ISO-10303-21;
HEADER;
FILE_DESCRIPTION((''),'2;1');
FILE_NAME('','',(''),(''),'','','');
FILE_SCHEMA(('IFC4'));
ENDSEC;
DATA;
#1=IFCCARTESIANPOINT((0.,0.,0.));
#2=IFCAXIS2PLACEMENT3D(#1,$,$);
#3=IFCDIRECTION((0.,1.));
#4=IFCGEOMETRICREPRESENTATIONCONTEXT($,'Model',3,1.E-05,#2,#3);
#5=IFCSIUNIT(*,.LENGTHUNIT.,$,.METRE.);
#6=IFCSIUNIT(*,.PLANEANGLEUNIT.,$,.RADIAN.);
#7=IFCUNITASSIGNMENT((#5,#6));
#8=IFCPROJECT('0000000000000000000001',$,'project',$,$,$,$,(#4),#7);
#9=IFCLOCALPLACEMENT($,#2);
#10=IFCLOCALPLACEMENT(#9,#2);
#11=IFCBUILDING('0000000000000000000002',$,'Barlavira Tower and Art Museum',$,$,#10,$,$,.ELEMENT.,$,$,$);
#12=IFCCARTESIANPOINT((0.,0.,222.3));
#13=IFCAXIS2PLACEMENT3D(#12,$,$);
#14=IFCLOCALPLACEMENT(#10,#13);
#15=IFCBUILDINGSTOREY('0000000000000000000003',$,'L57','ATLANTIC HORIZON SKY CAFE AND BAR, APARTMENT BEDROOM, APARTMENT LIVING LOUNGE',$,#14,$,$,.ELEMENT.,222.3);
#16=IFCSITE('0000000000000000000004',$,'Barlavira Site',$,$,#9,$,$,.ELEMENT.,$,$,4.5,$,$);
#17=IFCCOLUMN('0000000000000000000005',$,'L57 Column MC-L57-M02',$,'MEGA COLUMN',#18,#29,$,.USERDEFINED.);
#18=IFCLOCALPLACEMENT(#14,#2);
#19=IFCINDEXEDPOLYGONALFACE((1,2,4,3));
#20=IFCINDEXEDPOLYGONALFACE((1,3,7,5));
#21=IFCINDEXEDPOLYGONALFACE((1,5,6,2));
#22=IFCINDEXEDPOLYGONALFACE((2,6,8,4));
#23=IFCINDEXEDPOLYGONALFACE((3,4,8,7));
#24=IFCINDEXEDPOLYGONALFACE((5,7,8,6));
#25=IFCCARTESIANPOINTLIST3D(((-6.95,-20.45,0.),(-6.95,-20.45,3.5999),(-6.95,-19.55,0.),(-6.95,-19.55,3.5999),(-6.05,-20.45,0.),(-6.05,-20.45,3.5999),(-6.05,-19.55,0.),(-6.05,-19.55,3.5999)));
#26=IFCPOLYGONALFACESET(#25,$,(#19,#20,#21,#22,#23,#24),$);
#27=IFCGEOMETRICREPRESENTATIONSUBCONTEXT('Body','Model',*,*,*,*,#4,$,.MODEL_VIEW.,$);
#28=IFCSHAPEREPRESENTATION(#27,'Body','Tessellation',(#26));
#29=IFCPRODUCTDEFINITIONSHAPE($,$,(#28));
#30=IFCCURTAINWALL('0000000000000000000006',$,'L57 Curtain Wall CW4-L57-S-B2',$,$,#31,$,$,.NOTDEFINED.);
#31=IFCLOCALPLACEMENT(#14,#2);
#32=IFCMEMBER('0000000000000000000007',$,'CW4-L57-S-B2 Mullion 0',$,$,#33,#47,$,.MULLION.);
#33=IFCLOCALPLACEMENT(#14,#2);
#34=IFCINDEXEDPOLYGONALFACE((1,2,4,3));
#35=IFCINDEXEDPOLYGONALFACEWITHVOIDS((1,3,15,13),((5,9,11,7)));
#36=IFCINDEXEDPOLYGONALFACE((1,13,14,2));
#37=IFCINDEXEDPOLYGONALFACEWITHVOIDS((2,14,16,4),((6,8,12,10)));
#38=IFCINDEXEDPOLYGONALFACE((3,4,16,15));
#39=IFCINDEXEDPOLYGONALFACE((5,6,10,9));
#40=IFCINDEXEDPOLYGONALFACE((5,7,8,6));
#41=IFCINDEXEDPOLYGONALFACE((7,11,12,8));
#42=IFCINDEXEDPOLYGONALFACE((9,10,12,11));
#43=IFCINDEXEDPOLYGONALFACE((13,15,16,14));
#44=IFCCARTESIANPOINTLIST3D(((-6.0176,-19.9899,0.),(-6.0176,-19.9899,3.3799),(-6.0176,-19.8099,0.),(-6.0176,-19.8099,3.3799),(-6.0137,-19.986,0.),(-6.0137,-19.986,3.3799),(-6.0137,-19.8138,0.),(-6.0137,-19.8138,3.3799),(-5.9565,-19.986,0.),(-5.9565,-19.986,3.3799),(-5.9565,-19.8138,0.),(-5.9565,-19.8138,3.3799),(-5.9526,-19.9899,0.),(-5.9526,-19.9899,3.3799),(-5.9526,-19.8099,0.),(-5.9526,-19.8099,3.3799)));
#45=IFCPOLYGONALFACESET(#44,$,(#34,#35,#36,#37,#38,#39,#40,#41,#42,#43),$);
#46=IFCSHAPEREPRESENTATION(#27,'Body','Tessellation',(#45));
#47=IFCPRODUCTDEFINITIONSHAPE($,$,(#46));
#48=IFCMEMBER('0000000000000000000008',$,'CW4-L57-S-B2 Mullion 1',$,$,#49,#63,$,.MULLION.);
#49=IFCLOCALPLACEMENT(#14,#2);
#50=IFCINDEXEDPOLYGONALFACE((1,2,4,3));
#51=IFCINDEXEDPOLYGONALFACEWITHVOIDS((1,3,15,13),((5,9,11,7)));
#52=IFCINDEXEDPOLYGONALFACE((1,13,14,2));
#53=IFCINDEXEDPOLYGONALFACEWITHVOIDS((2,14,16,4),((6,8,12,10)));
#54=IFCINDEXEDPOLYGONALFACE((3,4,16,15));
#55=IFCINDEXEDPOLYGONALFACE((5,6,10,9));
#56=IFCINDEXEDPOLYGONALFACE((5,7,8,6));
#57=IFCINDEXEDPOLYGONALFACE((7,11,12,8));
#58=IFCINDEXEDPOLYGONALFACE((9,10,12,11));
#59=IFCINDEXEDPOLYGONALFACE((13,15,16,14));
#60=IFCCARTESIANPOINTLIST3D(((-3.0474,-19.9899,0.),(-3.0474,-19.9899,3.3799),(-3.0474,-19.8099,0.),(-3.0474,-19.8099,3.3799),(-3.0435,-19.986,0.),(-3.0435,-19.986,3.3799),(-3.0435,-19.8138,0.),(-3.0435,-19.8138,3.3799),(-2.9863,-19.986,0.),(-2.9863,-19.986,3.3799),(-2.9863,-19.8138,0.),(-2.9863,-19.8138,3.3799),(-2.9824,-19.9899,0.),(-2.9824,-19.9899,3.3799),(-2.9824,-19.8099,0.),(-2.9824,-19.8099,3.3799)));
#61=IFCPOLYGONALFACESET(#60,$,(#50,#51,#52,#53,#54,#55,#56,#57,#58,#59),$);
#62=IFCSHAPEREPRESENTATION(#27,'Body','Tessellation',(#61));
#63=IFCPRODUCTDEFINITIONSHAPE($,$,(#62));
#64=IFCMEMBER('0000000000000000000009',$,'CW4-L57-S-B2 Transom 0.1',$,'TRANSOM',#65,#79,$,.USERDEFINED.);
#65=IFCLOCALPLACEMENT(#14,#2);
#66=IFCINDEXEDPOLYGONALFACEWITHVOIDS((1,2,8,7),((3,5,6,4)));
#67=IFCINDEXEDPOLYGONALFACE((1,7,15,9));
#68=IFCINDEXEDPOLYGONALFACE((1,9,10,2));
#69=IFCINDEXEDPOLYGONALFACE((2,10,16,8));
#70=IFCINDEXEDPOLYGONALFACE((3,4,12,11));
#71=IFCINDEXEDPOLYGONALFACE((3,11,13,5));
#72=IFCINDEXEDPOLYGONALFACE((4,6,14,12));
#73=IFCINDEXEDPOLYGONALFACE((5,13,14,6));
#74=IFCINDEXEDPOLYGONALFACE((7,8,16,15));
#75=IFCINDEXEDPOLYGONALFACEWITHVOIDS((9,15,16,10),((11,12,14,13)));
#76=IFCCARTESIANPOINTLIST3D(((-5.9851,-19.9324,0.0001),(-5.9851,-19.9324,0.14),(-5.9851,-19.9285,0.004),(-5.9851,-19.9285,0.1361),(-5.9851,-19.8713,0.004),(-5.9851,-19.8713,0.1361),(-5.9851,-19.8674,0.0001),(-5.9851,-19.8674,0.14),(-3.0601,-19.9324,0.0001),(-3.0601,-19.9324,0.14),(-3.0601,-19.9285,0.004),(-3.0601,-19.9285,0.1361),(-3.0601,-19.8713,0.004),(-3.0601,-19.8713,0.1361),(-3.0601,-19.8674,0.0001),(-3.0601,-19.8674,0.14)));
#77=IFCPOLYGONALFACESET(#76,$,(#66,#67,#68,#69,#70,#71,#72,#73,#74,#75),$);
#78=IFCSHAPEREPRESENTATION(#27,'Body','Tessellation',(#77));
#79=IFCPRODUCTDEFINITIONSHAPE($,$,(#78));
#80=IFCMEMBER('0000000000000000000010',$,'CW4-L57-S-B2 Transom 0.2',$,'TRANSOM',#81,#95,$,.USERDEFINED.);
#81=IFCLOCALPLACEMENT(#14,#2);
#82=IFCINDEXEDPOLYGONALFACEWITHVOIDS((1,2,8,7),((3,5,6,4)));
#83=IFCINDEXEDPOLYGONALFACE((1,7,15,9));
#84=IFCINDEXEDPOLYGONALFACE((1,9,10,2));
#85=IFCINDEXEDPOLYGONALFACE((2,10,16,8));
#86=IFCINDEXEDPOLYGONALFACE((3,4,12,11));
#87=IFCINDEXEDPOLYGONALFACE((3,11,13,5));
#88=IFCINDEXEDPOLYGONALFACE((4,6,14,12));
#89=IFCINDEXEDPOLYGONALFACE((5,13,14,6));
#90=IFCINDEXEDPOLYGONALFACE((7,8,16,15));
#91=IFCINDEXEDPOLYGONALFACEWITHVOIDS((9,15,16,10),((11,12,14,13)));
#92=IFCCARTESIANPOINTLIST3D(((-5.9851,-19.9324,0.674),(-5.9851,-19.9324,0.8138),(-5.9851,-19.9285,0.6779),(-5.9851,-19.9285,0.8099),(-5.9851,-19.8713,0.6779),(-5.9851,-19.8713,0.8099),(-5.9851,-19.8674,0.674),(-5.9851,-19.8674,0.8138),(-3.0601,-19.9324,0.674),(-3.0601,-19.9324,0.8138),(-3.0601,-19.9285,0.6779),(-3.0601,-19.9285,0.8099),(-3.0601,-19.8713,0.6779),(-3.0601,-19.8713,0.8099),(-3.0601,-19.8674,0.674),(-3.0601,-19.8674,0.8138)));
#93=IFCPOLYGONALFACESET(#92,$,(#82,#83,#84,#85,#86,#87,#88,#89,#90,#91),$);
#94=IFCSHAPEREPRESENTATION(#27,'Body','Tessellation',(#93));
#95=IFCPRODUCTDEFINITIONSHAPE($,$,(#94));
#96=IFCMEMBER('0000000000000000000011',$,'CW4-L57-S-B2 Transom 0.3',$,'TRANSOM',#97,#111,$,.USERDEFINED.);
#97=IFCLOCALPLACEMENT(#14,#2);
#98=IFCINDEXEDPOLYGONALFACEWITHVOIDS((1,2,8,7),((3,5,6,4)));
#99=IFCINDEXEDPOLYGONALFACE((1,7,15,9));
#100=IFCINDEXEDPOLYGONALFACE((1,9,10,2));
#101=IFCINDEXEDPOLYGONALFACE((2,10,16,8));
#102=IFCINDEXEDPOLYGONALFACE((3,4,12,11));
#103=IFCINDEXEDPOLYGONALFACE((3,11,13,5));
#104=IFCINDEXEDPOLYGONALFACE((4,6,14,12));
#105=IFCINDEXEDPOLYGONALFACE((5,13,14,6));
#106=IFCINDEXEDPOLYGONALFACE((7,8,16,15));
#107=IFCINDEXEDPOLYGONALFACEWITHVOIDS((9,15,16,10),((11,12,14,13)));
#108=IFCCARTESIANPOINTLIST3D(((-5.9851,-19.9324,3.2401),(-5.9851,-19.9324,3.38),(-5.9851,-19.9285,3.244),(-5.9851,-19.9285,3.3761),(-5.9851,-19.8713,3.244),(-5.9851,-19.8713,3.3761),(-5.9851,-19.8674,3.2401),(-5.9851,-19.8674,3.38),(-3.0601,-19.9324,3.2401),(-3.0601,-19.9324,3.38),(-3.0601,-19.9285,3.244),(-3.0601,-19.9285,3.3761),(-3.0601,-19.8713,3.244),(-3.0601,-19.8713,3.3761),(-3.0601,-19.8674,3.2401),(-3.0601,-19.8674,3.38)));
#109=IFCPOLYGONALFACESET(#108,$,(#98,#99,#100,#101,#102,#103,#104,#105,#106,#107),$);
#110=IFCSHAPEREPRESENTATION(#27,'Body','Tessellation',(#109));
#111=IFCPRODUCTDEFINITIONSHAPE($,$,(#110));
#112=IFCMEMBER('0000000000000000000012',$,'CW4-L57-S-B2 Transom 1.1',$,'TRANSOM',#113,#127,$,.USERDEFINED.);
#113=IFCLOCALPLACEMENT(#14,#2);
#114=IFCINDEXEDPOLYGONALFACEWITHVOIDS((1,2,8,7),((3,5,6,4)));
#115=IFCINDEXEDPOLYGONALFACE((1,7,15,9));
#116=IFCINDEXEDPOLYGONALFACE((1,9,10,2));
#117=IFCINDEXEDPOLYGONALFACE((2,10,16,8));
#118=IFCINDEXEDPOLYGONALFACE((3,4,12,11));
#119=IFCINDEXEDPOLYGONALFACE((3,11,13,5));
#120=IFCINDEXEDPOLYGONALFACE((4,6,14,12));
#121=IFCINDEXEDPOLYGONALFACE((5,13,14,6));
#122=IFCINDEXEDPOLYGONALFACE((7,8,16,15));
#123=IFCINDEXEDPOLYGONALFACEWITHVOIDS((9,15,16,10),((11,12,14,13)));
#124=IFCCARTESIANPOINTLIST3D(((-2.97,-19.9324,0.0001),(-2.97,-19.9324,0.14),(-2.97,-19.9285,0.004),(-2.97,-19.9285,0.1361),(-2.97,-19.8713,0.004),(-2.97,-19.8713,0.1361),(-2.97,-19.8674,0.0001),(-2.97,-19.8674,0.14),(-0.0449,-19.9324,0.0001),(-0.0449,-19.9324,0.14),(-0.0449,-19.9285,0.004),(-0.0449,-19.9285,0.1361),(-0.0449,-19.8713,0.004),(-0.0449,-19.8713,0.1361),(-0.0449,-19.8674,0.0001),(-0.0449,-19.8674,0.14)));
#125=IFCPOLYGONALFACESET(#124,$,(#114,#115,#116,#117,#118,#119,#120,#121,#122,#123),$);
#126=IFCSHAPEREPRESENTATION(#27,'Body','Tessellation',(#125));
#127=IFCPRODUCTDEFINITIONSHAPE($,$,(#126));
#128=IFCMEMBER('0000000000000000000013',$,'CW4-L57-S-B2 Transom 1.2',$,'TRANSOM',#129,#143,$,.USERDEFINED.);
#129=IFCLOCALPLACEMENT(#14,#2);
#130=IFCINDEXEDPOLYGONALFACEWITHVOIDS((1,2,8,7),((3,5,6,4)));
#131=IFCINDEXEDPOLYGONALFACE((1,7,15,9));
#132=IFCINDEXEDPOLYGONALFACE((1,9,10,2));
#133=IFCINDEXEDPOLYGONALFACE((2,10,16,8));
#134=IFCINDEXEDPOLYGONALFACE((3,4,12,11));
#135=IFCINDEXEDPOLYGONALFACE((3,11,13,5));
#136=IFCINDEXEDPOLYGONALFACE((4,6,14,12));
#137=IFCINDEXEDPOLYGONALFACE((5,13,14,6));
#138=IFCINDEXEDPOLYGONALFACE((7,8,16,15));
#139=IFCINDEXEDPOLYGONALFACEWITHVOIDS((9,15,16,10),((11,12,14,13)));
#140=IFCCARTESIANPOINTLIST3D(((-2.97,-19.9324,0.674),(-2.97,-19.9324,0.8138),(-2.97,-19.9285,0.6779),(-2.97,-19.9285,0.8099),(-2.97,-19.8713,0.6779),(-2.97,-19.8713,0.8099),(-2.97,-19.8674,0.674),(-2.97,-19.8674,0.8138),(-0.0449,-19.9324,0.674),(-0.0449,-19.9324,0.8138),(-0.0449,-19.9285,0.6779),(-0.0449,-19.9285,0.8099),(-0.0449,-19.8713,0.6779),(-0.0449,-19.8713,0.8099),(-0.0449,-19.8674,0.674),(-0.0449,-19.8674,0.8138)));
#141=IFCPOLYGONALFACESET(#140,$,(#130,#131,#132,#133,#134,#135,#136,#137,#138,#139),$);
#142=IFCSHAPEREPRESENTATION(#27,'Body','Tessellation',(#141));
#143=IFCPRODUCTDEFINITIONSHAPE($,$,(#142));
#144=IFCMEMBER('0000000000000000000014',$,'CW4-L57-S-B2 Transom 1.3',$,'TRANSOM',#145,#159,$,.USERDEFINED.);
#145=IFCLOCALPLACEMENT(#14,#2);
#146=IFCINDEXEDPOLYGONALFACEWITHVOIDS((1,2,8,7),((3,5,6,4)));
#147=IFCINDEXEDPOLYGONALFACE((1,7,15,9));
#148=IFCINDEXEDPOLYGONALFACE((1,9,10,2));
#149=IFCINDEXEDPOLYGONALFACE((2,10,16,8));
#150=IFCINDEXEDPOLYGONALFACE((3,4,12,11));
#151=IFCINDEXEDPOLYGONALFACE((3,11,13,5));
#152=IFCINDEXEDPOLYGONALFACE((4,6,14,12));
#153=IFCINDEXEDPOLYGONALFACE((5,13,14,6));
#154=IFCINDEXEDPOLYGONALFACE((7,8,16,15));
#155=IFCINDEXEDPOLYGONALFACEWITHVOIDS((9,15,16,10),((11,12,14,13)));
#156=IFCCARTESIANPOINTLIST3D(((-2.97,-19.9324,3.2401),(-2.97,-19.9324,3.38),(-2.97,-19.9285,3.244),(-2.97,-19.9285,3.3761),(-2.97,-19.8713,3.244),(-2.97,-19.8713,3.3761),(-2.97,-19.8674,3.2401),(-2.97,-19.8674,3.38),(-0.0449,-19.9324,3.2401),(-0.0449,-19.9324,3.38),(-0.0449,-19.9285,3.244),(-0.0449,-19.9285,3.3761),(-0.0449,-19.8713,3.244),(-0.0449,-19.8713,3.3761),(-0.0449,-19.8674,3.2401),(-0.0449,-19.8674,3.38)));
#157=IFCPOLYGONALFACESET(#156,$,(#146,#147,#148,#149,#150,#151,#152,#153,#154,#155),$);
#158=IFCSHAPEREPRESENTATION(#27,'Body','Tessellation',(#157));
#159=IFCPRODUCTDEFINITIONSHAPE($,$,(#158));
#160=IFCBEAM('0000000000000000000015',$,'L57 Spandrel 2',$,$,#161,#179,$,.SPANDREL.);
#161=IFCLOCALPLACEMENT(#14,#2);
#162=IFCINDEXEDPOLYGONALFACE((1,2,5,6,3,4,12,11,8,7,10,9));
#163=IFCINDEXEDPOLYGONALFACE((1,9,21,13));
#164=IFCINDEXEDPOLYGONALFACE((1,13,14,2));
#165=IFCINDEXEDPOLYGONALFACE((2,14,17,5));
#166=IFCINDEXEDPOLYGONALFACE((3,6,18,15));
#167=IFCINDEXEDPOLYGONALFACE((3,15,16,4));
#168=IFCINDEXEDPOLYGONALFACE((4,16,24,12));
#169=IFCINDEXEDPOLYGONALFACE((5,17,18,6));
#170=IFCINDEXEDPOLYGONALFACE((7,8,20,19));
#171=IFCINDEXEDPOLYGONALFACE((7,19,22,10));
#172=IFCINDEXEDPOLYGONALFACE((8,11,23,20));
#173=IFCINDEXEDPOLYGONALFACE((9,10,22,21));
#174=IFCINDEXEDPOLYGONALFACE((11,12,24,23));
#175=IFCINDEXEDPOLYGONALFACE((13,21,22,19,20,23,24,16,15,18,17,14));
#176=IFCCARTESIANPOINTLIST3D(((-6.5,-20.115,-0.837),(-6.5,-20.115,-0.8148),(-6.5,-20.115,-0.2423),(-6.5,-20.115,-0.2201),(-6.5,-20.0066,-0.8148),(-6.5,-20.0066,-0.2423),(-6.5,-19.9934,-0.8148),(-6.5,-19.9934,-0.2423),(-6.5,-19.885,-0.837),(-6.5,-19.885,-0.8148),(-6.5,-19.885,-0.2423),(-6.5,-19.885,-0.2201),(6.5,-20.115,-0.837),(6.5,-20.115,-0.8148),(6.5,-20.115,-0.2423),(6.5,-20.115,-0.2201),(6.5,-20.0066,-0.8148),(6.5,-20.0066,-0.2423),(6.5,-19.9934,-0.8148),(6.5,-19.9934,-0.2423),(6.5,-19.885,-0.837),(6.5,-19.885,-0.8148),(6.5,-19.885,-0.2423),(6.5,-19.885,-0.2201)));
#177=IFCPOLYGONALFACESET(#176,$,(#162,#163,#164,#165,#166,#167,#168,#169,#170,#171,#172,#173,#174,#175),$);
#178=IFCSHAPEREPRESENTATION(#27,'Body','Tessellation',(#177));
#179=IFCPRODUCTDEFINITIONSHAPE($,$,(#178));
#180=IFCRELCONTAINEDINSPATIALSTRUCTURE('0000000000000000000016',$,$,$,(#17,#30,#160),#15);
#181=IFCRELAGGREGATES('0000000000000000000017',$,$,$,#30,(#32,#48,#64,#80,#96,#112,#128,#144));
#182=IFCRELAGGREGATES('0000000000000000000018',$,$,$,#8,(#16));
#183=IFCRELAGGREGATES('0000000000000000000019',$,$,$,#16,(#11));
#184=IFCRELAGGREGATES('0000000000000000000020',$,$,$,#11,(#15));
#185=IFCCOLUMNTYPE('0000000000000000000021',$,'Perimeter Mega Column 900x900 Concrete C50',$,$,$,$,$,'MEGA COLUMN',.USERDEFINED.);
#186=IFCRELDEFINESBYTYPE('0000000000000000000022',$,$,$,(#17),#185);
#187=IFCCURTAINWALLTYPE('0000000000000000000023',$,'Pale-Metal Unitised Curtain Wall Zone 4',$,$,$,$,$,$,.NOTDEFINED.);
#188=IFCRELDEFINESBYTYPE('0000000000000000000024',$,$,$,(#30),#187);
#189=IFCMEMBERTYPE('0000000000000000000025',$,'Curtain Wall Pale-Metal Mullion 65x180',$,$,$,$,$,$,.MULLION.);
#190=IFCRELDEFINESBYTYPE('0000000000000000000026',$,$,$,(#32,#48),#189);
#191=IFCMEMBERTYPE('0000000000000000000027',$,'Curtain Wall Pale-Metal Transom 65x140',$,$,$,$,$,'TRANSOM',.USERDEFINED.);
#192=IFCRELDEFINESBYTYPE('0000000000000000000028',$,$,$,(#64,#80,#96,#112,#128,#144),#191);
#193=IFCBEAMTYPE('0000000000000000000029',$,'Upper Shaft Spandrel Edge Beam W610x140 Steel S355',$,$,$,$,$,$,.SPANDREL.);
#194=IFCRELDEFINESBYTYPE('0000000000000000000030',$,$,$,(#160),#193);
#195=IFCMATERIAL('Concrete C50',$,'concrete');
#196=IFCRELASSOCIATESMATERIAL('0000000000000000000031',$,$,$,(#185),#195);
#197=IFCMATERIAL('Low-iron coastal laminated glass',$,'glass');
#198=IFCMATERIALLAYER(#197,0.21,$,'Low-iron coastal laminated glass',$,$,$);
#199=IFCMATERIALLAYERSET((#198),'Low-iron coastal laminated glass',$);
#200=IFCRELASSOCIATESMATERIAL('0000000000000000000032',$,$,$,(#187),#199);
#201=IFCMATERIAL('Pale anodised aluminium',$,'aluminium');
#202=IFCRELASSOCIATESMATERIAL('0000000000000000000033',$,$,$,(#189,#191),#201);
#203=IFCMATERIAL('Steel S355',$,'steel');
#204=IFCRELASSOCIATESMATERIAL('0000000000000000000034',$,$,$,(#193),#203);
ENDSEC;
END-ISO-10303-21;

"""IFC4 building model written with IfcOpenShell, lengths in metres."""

from ifc_helpers import new_model, si_unit, direction, frame, origin, origin_2d, place, context, subcontext, project, spatial, rectangle, hollow_rectangle, i_section, extrude, material, layer, layer_set, material_profile, profile_set, type_object, element, aggregate, save


model = new_model("IFC4")

# Units and contexts
model_context = context("Model", 3, precision=1e-05, world=origin(), true_north=direction((0.0, 1.0)))
body_context = subcontext(model_context, "Body", "Model", "MODEL_VIEW")
ifc_project = project(units=[si_unit("LENGTHUNIT", "METRE"), si_unit("PLANEANGLEUNIT", "RADIAN")], contexts=[model_context])

# Site, building, storey
site_placement = place(None, origin())
site = spatial("IfcSite", under=ifc_project, at=site_placement, Name="Barlavira Site", CompositionType="ELEMENT", RefElevation=4.5)
building_placement = place(site_placement, origin())
building = spatial("IfcBuilding", under=site, at=building_placement, Name="Barlavira Tower and Art Museum", CompositionType="ELEMENT")
storey_placement = place(building_placement, frame((0.0, 0.0, 222.3)))
storey = spatial("IfcBuildingStorey", under=building, at=storey_placement, Name="L57", Description="ATLANTIC HORIZON SKY CAFE AND BAR, APARTMENT BEDROOM, APARTMENT LIVING LOUNGE", CompositionType="ELEMENT", Elevation=222.3)

# Column
ifc_material_1 = material(Name="Concrete C50", Category="concrete")
ifc_material_profile_1 = material_profile(ifc_material_1, rectangle(XDim=0.8999, YDim=0.8999, at=origin_2d()), Name="RC-COL 900x900")
ifc_profile_set_1 = profile_set([ifc_material_profile_1], Name="Concrete C50")
column_type = type_object("IfcColumnType", Name="Perimeter Mega Column 900x900 Concrete C50", ElementType="MEGA COLUMN", PredefinedType="USERDEFINED", material=ifc_profile_set_1)
column_placement = place(storey_placement, frame((-6.5, -20.0, 0.0), z_axis=(0.0, 0.0, 1.0), x_axis=(1.0, 0.0, 0.0)))
element("IfcColumn", 1, at=column_placement, inside=storey, type_object=column_type, Name="L57 Column MC-L57-M02", ObjectType="MEGA COLUMN", PredefinedType="USERDEFINED", context=body_context, shape_type="SweptSolid", body=[
    extrude(rectangle(XDim=0.8999, YDim=0.8999, at=origin_2d()), origin(), (0.0, 0.0, 1.0), 3.5999),
])

# Curtain wall, members
ifc_material_2 = material(Name="Low-iron coastal laminated glass", Category="glass")
ifc_layer_1 = layer(ifc_material_2, 0.21, Name="Low-iron coastal laminated glass")
ifc_layer_set_1 = layer_set([ifc_layer_1], Name="Low-iron coastal laminated glass")
curtain_wall_type = type_object("IfcCurtainWallType", Name="Pale-Metal Unitised Curtain Wall Zone 4", PredefinedType="NOTDEFINED", material=ifc_layer_set_1)
curtain_wall_placement = place(storey_placement, origin())
curtain_wall = element("IfcCurtainWall", 2, at=curtain_wall_placement, inside=storey, type_object=curtain_wall_type, Name="L57 Curtain Wall CW4-L57-S-B2", PredefinedType="NOTDEFINED")
ifc_material_3 = material(Name="Pale anodised aluminium", Category="aluminium")
ifc_material_profile_2 = material_profile(ifc_material_3, hollow_rectangle(XDim=0.0649, YDim=0.1799, WallThickness=0.0039, at=origin_2d()), Name="ALU-MULL 65x180x4")
ifc_profile_set_2 = profile_set([ifc_material_profile_2], Name="Pale anodised aluminium")
member_type_1 = type_object("IfcMemberType", Name="Curtain Wall Pale-Metal Mullion 65x180", PredefinedType="MULLION", material=ifc_profile_set_2)
member_1_placement = place(storey_placement, frame((-5.9851, -19.8999, 0.0), z_axis=(0.0, 0.0, 1.0), x_axis=(1.0, 0.0, 0.0)))
member_1 = element("IfcMember", 3, at=member_1_placement, type_object=member_type_1, Name="CW4-L57-S-B2 Mullion 0", PredefinedType="MULLION", context=body_context, shape_type="SweptSolid", body=[
    extrude(hollow_rectangle(XDim=0.0649, YDim=0.1799, WallThickness=0.0039, at=origin_2d()), origin(), (0.0, 0.0, 1.0), 3.3799),
])
member_2_placement = place(storey_placement, frame((-3.0149, -19.8999, 0.0), z_axis=(0.0, 0.0, 1.0), x_axis=(1.0, 0.0, 0.0)))
member_2 = element("IfcMember", 4, at=member_2_placement, type_object=member_type_1, Name="CW4-L57-S-B2 Mullion 1", PredefinedType="MULLION", context=body_context, shape_type="SweptSolid", body=[
    extrude(hollow_rectangle(XDim=0.0649, YDim=0.1799, WallThickness=0.0039, at=origin_2d()), origin(), (0.0, 0.0, 1.0), 3.3799),
])
ifc_material_profile_3 = material_profile(ifc_material_3, hollow_rectangle(XDim=0.0649, YDim=0.1399, WallThickness=0.0039, at=origin_2d()), Name="ALU-TRAN 65x140x4")
ifc_profile_set_3 = profile_set([ifc_material_profile_3], Name="Pale anodised aluminium")
member_type_2 = type_object("IfcMemberType", Name="Curtain Wall Pale-Metal Transom 65x140", ElementType="TRANSOM", PredefinedType="USERDEFINED", material=ifc_profile_set_3)
member_3_placement = place(storey_placement, frame((-5.9851, -19.8999, 0.0701), z_axis=(1.0, 0.0, 0.0), x_axis=(0.0, 1.0, 0.0)))
member_3 = element("IfcMember", 5, at=member_3_placement, type_object=member_type_2, Name="CW4-L57-S-B2 Transom 0.1", ObjectType="TRANSOM", PredefinedType="USERDEFINED", context=body_context, shape_type="SweptSolid", body=[
    extrude(hollow_rectangle(XDim=0.0649, YDim=0.1399, WallThickness=0.0039, at=origin_2d()), origin(), (0.0, 0.0, 1.0), 2.925),
])
member_4_placement = place(storey_placement, frame((-5.9851, -19.8999, 0.7439), z_axis=(1.0, 0.0, 0.0), x_axis=(0.0, 1.0, 0.0)))
member_4 = element("IfcMember", 6, at=member_4_placement, type_object=member_type_2, Name="CW4-L57-S-B2 Transom 0.2", ObjectType="TRANSOM", PredefinedType="USERDEFINED", context=body_context, shape_type="SweptSolid", body=[
    extrude(hollow_rectangle(XDim=0.0649, YDim=0.1399, WallThickness=0.0039, at=origin_2d()), origin(), (0.0, 0.0, 1.0), 2.925),
])
member_5_placement = place(storey_placement, frame((-5.9851, -19.8999, 3.3101), z_axis=(1.0, 0.0, 0.0), x_axis=(0.0, 1.0, 0.0)))
member_5 = element("IfcMember", 7, at=member_5_placement, type_object=member_type_2, Name="CW4-L57-S-B2 Transom 0.3", ObjectType="TRANSOM", PredefinedType="USERDEFINED", context=body_context, shape_type="SweptSolid", body=[
    extrude(hollow_rectangle(XDim=0.0649, YDim=0.1399, WallThickness=0.0039, at=origin_2d()), origin(), (0.0, 0.0, 1.0), 2.925),
])
member_6_placement = place(storey_placement, frame((-2.97, -19.8999, 0.0701), z_axis=(1.0, 0.0, 0.0), x_axis=(0.0, 1.0, 0.0)))
member_6 = element("IfcMember", 8, at=member_6_placement, type_object=member_type_2, Name="CW4-L57-S-B2 Transom 1.1", ObjectType="TRANSOM", PredefinedType="USERDEFINED", context=body_context, shape_type="SweptSolid", body=[
    extrude(hollow_rectangle(XDim=0.0649, YDim=0.1399, WallThickness=0.0039, at=origin_2d()), origin(), (0.0, 0.0, 1.0), 2.925),
])
member_7_placement = place(storey_placement, frame((-2.97, -19.8999, 0.7439), z_axis=(1.0, 0.0, 0.0), x_axis=(0.0, 1.0, 0.0)))
member_7 = element("IfcMember", 9, at=member_7_placement, type_object=member_type_2, Name="CW4-L57-S-B2 Transom 1.2", ObjectType="TRANSOM", PredefinedType="USERDEFINED", context=body_context, shape_type="SweptSolid", body=[
    extrude(hollow_rectangle(XDim=0.0649, YDim=0.1399, WallThickness=0.0039, at=origin_2d()), origin(), (0.0, 0.0, 1.0), 2.925),
])
member_8_placement = place(storey_placement, frame((-2.97, -19.8999, 3.3101), z_axis=(1.0, 0.0, 0.0), x_axis=(0.0, 1.0, 0.0)))
member_8 = element("IfcMember", 10, at=member_8_placement, type_object=member_type_2, Name="CW4-L57-S-B2 Transom 1.3", ObjectType="TRANSOM", PredefinedType="USERDEFINED", context=body_context, shape_type="SweptSolid", body=[
    extrude(hollow_rectangle(XDim=0.0649, YDim=0.1399, WallThickness=0.0039, at=origin_2d()), origin(), (0.0, 0.0, 1.0), 2.925),
])

# Beam
ifc_material_4 = material(Name="Steel S355", Category="steel")
ifc_material_profile_4 = material_profile(ifc_material_4, i_section(OverallWidth=0.23, OverallDepth=0.6169, WebThickness=0.0132, FlangeThickness=0.0222, at=origin_2d()), Name="W610x140.0")
ifc_profile_set_4 = profile_set([ifc_material_profile_4], Name="Steel S355")
beam_type_1 = type_object("IfcBeamType", Name="Upper Shaft Spandrel Edge Beam W610x140 Steel S355", PredefinedType="SPANDREL", material=ifc_profile_set_4)
beam_1_placement = place(storey_placement, frame((-6.5, -20.0, -0.5286), z_axis=(1.0, 0.0, 0.0), x_axis=(0.0, 1.0, 0.0)))
element("IfcBeam", 11, at=beam_1_placement, inside=storey, type_object=beam_type_1, Name="L57 Spandrel 2", PredefinedType="SPANDREL", context=body_context, shape_type="SweptSolid", body=[
    extrude(i_section(OverallWidth=0.23, OverallDepth=0.6169, WebThickness=0.0132, FlangeThickness=0.0222, at=origin_2d()), origin(), (0.0, 0.0, 1.0), 13.0),
])

aggregate(curtain_wall, [member_1, member_2, member_3, member_4, member_5, member_6, member_7, member_8])

save(model, "model.ifc")
